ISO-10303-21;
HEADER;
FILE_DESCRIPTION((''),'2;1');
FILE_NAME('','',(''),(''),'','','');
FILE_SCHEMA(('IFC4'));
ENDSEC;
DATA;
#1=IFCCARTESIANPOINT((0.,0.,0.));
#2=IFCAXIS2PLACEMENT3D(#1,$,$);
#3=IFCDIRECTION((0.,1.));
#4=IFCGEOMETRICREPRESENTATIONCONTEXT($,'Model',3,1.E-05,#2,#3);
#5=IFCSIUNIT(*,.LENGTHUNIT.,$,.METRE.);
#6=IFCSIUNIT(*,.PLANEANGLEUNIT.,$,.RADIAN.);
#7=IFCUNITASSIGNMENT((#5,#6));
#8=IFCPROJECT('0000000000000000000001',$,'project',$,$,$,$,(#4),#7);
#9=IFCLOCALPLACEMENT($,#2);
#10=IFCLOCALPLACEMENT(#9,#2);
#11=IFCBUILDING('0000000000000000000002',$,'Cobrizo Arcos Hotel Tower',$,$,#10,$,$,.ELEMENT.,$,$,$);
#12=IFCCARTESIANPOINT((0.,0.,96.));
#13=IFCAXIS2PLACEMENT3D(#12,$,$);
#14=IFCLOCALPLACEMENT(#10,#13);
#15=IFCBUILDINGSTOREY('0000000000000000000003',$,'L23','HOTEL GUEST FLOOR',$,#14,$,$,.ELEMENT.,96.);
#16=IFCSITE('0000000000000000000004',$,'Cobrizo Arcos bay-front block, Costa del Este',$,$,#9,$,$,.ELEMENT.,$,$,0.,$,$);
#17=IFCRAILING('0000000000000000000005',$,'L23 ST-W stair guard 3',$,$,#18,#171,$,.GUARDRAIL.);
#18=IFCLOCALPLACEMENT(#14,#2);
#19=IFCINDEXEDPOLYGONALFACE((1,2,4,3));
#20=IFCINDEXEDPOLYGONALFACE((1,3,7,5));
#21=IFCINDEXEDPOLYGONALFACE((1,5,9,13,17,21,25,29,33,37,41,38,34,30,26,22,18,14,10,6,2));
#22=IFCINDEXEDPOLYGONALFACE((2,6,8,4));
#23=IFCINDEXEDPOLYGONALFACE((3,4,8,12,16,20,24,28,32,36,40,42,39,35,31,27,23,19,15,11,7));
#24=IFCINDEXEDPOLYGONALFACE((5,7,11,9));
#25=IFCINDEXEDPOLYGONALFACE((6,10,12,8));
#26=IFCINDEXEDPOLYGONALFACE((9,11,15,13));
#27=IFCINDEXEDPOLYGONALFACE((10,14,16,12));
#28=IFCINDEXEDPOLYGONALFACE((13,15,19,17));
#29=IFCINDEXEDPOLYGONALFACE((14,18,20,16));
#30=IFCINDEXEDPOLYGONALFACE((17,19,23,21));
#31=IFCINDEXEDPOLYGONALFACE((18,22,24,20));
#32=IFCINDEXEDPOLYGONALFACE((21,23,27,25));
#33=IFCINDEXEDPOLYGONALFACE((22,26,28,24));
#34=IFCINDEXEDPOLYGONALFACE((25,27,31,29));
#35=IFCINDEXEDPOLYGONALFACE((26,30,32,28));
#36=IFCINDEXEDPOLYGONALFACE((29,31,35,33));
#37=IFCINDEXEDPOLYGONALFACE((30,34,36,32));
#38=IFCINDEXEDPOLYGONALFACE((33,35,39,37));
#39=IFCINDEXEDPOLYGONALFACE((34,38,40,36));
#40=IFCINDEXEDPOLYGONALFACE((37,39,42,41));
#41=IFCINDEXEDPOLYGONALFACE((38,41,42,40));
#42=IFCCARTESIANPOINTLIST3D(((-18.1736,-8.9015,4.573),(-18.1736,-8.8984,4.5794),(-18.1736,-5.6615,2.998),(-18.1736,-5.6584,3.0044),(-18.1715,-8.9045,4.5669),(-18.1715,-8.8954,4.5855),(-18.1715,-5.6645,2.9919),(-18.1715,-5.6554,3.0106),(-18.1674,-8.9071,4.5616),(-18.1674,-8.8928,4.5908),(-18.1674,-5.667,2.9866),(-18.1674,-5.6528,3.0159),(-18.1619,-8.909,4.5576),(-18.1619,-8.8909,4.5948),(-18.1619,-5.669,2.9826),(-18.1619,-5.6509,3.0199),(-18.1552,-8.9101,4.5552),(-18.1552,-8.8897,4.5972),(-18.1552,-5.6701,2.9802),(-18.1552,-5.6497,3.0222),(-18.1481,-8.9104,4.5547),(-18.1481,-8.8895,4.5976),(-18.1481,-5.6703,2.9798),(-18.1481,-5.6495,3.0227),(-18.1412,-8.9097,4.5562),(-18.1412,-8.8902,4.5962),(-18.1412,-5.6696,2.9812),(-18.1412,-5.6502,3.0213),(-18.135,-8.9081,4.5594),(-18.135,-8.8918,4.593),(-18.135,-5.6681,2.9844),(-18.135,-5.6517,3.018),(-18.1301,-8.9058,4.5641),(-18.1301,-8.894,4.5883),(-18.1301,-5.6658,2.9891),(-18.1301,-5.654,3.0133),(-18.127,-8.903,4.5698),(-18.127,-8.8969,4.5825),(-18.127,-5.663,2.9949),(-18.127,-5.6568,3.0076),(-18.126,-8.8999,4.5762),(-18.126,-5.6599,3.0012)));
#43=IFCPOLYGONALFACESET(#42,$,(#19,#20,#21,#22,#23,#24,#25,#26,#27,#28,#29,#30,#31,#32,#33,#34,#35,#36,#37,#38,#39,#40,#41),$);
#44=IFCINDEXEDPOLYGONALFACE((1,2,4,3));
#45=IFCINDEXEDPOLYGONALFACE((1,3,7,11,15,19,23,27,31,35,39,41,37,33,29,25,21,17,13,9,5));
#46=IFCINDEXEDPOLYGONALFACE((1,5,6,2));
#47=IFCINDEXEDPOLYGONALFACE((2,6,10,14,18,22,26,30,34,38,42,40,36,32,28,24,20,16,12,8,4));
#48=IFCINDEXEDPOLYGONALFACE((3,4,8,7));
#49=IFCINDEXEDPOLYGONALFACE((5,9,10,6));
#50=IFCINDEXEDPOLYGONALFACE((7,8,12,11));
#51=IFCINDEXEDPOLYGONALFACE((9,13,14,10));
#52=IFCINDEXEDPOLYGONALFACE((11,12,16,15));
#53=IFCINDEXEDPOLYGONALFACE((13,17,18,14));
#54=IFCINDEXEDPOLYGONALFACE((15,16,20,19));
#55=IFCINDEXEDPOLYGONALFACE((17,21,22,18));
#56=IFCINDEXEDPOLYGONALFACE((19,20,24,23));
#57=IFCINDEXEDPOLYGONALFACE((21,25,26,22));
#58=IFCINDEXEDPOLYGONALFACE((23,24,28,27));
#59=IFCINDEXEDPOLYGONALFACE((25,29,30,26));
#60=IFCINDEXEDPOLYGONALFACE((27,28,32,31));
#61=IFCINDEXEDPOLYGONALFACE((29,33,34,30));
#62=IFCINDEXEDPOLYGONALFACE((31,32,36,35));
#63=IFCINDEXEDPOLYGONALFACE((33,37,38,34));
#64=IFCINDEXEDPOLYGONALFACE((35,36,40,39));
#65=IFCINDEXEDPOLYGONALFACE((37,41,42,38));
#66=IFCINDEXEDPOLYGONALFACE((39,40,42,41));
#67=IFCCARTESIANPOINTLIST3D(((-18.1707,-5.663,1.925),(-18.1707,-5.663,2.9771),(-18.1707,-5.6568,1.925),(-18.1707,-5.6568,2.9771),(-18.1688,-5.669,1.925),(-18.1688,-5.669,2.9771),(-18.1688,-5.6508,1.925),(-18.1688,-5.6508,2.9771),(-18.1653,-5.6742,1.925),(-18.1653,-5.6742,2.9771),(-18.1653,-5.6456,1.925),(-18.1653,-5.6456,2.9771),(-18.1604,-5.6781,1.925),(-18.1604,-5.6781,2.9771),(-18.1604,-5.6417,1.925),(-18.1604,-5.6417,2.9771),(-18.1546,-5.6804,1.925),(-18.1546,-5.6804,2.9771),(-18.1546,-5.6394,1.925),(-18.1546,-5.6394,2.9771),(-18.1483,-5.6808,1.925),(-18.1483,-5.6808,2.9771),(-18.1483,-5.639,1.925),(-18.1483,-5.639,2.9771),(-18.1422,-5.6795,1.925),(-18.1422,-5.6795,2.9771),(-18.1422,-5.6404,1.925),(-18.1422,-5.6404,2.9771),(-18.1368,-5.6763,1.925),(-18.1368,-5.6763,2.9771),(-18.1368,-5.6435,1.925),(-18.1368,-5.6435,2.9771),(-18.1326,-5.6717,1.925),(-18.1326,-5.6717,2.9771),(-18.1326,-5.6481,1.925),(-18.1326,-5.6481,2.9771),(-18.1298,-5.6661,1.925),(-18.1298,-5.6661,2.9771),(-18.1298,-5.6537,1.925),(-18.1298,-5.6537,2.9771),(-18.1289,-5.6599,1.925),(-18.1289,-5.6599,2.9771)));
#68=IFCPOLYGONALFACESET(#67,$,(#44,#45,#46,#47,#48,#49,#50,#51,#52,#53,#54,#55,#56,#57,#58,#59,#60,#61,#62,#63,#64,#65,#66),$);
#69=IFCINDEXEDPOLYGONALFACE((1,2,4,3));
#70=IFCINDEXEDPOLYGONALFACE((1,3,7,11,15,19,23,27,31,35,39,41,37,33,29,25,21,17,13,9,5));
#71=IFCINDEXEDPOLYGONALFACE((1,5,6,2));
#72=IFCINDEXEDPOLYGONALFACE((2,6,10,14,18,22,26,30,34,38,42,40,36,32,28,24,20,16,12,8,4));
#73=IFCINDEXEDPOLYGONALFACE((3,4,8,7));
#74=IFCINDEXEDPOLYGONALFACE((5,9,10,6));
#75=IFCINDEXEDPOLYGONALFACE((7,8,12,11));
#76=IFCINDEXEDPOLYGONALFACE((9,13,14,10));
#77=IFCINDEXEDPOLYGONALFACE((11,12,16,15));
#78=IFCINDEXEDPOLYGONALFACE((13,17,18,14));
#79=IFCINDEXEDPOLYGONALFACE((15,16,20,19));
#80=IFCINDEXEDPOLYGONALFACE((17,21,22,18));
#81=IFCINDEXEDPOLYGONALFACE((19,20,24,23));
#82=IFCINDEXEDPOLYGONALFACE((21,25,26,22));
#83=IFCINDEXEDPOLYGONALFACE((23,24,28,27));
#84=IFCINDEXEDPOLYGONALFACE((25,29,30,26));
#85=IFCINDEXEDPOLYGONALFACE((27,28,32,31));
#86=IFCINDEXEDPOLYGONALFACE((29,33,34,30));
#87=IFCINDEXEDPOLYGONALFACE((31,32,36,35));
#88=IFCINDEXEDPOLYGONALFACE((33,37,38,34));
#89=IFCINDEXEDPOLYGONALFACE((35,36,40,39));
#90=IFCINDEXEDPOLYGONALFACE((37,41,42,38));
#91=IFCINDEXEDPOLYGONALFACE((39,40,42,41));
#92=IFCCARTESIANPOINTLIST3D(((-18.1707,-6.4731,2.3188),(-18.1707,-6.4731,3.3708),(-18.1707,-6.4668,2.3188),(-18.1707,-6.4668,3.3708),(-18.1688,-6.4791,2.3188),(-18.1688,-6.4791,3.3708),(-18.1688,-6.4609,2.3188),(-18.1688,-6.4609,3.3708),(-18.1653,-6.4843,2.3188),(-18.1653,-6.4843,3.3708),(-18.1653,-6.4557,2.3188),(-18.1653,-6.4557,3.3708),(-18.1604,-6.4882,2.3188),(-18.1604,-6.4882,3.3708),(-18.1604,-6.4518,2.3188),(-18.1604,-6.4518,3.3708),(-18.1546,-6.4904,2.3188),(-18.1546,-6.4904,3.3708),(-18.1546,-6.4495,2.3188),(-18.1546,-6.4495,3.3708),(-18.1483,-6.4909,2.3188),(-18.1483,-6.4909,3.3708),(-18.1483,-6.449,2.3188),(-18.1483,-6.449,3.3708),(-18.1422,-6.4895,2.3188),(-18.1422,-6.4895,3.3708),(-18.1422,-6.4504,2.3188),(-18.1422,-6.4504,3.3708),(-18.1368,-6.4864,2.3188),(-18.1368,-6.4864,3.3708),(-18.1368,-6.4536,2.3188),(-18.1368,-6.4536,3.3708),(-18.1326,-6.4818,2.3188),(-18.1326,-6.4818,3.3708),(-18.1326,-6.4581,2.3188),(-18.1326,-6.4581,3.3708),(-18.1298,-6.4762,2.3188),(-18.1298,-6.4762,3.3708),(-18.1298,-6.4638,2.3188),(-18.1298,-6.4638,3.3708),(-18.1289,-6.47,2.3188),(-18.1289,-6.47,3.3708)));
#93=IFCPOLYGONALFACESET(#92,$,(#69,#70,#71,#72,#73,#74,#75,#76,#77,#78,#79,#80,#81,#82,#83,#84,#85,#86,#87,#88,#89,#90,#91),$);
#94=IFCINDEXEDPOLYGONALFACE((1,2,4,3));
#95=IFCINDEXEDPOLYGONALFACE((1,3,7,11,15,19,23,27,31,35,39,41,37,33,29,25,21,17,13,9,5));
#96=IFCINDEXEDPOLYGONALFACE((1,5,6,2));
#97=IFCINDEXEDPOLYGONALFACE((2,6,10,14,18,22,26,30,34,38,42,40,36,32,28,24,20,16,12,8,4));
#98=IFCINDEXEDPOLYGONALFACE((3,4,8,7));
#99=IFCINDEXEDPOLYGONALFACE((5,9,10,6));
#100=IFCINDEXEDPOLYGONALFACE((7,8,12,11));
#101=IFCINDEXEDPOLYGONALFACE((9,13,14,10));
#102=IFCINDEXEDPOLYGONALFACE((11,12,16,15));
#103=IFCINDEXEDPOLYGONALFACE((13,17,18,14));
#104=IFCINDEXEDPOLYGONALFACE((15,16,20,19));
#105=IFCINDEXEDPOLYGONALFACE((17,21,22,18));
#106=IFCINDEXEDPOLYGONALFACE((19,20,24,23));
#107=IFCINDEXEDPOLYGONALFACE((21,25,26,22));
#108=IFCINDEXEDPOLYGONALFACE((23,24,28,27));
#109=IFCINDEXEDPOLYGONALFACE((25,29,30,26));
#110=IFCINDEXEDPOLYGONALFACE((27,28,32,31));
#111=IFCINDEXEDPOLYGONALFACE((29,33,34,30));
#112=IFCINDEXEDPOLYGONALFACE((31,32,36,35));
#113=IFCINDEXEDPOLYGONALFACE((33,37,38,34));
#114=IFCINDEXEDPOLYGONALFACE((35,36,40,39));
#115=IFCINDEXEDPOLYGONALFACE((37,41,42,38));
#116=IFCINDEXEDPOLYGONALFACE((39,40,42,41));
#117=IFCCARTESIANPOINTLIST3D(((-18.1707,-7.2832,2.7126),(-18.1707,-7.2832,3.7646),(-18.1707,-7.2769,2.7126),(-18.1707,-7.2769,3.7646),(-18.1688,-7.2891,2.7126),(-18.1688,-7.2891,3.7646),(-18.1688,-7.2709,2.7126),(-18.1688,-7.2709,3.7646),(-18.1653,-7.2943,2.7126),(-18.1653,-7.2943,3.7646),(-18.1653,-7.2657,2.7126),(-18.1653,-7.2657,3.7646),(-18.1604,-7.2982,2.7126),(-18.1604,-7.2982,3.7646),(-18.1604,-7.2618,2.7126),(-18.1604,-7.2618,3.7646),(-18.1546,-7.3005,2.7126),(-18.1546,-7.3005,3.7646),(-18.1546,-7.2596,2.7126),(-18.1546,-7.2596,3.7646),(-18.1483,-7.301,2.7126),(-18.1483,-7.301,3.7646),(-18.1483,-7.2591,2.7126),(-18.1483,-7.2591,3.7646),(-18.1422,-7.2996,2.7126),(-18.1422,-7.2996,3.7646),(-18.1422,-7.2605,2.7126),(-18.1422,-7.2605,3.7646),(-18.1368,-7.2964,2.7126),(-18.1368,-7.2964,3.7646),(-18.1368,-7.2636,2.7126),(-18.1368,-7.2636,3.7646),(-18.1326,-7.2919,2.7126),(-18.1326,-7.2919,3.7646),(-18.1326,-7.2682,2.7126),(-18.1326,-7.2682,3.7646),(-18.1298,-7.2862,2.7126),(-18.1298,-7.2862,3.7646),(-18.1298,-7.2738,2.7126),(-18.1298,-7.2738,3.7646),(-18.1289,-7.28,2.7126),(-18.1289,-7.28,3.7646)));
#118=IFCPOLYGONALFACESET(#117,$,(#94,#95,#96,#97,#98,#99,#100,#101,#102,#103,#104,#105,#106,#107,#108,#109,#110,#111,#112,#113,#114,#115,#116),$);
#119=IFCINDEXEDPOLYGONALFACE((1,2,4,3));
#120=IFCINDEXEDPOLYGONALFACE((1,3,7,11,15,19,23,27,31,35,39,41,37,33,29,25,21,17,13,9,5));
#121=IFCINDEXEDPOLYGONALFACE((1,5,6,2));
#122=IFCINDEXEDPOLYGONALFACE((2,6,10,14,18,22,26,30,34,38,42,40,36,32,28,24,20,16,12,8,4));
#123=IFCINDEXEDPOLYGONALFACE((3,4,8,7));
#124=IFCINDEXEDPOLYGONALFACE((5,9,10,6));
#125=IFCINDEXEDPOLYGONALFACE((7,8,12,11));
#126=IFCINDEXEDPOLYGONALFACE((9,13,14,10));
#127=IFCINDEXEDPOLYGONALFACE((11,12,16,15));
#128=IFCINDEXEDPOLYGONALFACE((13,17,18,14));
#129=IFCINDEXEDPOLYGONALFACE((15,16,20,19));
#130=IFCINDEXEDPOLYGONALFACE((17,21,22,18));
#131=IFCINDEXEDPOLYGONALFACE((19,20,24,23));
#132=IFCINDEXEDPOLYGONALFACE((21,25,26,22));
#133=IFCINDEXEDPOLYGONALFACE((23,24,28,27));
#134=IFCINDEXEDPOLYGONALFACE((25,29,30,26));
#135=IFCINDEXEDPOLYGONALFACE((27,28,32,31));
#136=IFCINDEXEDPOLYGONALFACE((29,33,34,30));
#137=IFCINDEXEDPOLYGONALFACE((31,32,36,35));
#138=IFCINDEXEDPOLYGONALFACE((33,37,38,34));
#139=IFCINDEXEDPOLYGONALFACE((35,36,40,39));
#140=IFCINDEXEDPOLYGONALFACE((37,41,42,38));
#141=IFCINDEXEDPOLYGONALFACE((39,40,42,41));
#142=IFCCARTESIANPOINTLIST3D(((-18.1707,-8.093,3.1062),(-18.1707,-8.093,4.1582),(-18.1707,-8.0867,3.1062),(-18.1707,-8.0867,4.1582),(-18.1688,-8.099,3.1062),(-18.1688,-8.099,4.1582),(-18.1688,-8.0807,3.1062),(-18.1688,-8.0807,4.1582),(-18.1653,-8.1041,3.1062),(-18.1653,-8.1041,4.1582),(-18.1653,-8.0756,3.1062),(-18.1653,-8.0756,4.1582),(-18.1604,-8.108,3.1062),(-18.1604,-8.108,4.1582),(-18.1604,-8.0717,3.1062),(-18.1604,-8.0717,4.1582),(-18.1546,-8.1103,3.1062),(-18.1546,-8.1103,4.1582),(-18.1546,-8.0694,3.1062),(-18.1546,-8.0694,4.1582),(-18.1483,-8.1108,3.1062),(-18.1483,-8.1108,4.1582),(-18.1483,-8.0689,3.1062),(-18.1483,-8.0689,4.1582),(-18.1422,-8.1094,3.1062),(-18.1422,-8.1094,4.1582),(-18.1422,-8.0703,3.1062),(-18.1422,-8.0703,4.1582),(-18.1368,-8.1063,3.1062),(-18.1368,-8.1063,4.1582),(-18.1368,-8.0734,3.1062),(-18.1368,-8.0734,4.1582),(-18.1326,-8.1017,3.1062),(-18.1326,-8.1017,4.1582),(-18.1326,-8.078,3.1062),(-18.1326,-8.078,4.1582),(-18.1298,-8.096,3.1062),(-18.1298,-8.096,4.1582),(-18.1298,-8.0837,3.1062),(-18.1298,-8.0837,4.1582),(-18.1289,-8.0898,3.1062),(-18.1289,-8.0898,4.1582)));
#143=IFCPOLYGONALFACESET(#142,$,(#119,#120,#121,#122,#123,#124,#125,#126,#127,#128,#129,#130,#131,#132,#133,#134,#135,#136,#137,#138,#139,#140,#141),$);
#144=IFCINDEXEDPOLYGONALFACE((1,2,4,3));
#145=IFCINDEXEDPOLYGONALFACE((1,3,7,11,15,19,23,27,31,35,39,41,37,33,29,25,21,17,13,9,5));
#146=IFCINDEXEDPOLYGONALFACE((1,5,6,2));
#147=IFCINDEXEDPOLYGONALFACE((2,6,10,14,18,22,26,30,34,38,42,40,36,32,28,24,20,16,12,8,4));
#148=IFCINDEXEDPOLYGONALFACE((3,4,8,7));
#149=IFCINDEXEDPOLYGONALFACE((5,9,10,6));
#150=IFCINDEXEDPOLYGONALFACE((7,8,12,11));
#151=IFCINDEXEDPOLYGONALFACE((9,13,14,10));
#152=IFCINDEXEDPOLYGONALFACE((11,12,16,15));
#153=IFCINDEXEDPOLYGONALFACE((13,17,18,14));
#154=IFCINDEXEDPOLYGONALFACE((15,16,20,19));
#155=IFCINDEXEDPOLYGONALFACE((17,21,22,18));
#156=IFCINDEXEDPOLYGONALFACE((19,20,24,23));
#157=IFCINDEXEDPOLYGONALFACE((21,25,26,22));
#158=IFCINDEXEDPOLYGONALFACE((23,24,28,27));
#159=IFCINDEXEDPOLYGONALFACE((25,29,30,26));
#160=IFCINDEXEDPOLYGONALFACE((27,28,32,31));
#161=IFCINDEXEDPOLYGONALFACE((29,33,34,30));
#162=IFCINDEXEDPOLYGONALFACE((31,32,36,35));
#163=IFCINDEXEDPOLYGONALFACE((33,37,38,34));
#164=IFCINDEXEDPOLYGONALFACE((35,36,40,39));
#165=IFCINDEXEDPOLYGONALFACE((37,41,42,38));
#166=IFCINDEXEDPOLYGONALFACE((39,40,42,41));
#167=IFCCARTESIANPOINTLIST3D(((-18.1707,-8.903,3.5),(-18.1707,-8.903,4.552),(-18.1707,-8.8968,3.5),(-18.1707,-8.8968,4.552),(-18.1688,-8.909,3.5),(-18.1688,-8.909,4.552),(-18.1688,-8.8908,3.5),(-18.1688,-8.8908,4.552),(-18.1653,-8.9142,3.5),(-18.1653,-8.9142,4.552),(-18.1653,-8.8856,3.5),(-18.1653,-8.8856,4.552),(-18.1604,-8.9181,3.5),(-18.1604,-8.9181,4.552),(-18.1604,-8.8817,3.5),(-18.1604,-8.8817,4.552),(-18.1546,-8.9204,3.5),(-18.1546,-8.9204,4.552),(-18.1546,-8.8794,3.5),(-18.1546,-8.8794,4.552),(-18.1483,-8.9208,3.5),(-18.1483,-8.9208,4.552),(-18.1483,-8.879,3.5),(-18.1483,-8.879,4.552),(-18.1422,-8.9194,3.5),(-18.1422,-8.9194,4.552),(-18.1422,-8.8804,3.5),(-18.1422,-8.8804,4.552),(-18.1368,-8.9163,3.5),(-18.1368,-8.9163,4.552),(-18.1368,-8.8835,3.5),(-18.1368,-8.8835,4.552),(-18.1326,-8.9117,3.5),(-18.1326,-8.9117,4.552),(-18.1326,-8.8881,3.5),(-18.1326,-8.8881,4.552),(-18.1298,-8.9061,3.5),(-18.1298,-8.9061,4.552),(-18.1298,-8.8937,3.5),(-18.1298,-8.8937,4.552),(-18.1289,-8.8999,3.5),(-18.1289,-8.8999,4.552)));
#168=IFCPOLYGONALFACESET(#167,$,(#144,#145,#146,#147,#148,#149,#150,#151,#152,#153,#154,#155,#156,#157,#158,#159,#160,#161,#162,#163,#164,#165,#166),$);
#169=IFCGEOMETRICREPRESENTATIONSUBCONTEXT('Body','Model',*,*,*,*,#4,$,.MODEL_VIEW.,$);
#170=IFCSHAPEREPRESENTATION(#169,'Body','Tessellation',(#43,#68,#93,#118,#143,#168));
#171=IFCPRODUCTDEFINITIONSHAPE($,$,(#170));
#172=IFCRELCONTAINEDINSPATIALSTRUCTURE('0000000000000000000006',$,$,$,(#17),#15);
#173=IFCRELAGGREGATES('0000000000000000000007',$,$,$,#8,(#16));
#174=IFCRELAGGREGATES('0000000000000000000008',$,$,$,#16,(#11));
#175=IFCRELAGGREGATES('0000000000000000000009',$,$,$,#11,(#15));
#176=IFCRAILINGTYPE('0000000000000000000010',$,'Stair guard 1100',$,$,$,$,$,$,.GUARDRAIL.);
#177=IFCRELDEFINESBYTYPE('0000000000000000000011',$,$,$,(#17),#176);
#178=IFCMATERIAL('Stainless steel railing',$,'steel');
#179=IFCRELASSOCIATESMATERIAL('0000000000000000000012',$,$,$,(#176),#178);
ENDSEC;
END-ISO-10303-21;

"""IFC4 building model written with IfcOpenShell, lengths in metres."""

from ifc_helpers import new_model, si_unit, direction, frame, origin, origin_2d, place, context, subcontext, project, spatial, circle, extrude, material, type_object, element, save


model = new_model("IFC4")

# Units and contexts
model_context = context("Model", 3, precision=1e-05, world=origin(), true_north=direction((0.0, 1.0)))
body_context = subcontext(model_context, "Body", "Model", "MODEL_VIEW")
ifc_project = project(units=[si_unit("LENGTHUNIT", "METRE"), si_unit("PLANEANGLEUNIT", "RADIAN")], contexts=[model_context])

# Site, building, storey
site_placement = place(None, origin())
site = spatial("IfcSite", under=ifc_project, at=site_placement, Name="Cobrizo Arcos bay-front block, Costa del Este", CompositionType="ELEMENT", RefElevation=0.0)
building_placement = place(site_placement, origin())
building = spatial("IfcBuilding", under=site, at=building_placement, Name="Cobrizo Arcos Hotel Tower", CompositionType="ELEMENT")
storey_placement = place(building_placement, frame((0.0, 0.0, 96.0)))
storey = spatial("IfcBuildingStorey", under=building, at=storey_placement, Name="L23", Description="HOTEL GUEST FLOOR", CompositionType="ELEMENT", Elevation=96.0)

# Railing
ifc_material_1 = material(Name="Stainless steel railing", Category="steel")
railing_type_1 = type_object("IfcRailingType", Name="Stair guard 1100", PredefinedType="GUARDRAIL", material=ifc_material_1)
railing_1_placement = place(storey_placement, frame((-18.1499, -5.6599, 1.925)))
element("IfcRailing", 1, at=railing_1_placement, inside=storey, type_object=railing_type_1, Name="L23 ST-W stair guard 3", PredefinedType="GUARDRAIL", context=body_context, shape_type="SweptSolid", body=[
    extrude(circle(Radius=0.0239, at=origin_2d()), frame((0.0, 0.0, 1.0762), z_axis=(0.0, -0.899373, 0.437183), x_axis=(1.0, 0.0, 0.0)), (0.0, 0.0, 1.0), 3.6025),
    extrude(circle(Radius=0.021, at=origin_2d()), origin(), (0.0, 0.0, 1.0), 1.052),
    extrude(circle(Radius=0.021, at=origin_2d()), frame((0.0, -0.8101, 0.3938)), (0.0, 0.0, 1.0), 1.052),
    extrude(circle(Radius=0.021, at=origin_2d()), frame((0.0, -1.6201, 0.7876)), (0.0, 0.0, 1.0), 1.052),
    extrude(circle(Radius=0.021, at=origin_2d()), frame((0.0, -2.4299, 1.1812)), (0.0, 0.0, 1.0), 1.052),
    extrude(circle(Radius=0.021, at=origin_2d()), frame((0.0, -3.24, 1.575)), (0.0, 0.0, 1.0), 1.052),
])

save(model, "model.ifc")
